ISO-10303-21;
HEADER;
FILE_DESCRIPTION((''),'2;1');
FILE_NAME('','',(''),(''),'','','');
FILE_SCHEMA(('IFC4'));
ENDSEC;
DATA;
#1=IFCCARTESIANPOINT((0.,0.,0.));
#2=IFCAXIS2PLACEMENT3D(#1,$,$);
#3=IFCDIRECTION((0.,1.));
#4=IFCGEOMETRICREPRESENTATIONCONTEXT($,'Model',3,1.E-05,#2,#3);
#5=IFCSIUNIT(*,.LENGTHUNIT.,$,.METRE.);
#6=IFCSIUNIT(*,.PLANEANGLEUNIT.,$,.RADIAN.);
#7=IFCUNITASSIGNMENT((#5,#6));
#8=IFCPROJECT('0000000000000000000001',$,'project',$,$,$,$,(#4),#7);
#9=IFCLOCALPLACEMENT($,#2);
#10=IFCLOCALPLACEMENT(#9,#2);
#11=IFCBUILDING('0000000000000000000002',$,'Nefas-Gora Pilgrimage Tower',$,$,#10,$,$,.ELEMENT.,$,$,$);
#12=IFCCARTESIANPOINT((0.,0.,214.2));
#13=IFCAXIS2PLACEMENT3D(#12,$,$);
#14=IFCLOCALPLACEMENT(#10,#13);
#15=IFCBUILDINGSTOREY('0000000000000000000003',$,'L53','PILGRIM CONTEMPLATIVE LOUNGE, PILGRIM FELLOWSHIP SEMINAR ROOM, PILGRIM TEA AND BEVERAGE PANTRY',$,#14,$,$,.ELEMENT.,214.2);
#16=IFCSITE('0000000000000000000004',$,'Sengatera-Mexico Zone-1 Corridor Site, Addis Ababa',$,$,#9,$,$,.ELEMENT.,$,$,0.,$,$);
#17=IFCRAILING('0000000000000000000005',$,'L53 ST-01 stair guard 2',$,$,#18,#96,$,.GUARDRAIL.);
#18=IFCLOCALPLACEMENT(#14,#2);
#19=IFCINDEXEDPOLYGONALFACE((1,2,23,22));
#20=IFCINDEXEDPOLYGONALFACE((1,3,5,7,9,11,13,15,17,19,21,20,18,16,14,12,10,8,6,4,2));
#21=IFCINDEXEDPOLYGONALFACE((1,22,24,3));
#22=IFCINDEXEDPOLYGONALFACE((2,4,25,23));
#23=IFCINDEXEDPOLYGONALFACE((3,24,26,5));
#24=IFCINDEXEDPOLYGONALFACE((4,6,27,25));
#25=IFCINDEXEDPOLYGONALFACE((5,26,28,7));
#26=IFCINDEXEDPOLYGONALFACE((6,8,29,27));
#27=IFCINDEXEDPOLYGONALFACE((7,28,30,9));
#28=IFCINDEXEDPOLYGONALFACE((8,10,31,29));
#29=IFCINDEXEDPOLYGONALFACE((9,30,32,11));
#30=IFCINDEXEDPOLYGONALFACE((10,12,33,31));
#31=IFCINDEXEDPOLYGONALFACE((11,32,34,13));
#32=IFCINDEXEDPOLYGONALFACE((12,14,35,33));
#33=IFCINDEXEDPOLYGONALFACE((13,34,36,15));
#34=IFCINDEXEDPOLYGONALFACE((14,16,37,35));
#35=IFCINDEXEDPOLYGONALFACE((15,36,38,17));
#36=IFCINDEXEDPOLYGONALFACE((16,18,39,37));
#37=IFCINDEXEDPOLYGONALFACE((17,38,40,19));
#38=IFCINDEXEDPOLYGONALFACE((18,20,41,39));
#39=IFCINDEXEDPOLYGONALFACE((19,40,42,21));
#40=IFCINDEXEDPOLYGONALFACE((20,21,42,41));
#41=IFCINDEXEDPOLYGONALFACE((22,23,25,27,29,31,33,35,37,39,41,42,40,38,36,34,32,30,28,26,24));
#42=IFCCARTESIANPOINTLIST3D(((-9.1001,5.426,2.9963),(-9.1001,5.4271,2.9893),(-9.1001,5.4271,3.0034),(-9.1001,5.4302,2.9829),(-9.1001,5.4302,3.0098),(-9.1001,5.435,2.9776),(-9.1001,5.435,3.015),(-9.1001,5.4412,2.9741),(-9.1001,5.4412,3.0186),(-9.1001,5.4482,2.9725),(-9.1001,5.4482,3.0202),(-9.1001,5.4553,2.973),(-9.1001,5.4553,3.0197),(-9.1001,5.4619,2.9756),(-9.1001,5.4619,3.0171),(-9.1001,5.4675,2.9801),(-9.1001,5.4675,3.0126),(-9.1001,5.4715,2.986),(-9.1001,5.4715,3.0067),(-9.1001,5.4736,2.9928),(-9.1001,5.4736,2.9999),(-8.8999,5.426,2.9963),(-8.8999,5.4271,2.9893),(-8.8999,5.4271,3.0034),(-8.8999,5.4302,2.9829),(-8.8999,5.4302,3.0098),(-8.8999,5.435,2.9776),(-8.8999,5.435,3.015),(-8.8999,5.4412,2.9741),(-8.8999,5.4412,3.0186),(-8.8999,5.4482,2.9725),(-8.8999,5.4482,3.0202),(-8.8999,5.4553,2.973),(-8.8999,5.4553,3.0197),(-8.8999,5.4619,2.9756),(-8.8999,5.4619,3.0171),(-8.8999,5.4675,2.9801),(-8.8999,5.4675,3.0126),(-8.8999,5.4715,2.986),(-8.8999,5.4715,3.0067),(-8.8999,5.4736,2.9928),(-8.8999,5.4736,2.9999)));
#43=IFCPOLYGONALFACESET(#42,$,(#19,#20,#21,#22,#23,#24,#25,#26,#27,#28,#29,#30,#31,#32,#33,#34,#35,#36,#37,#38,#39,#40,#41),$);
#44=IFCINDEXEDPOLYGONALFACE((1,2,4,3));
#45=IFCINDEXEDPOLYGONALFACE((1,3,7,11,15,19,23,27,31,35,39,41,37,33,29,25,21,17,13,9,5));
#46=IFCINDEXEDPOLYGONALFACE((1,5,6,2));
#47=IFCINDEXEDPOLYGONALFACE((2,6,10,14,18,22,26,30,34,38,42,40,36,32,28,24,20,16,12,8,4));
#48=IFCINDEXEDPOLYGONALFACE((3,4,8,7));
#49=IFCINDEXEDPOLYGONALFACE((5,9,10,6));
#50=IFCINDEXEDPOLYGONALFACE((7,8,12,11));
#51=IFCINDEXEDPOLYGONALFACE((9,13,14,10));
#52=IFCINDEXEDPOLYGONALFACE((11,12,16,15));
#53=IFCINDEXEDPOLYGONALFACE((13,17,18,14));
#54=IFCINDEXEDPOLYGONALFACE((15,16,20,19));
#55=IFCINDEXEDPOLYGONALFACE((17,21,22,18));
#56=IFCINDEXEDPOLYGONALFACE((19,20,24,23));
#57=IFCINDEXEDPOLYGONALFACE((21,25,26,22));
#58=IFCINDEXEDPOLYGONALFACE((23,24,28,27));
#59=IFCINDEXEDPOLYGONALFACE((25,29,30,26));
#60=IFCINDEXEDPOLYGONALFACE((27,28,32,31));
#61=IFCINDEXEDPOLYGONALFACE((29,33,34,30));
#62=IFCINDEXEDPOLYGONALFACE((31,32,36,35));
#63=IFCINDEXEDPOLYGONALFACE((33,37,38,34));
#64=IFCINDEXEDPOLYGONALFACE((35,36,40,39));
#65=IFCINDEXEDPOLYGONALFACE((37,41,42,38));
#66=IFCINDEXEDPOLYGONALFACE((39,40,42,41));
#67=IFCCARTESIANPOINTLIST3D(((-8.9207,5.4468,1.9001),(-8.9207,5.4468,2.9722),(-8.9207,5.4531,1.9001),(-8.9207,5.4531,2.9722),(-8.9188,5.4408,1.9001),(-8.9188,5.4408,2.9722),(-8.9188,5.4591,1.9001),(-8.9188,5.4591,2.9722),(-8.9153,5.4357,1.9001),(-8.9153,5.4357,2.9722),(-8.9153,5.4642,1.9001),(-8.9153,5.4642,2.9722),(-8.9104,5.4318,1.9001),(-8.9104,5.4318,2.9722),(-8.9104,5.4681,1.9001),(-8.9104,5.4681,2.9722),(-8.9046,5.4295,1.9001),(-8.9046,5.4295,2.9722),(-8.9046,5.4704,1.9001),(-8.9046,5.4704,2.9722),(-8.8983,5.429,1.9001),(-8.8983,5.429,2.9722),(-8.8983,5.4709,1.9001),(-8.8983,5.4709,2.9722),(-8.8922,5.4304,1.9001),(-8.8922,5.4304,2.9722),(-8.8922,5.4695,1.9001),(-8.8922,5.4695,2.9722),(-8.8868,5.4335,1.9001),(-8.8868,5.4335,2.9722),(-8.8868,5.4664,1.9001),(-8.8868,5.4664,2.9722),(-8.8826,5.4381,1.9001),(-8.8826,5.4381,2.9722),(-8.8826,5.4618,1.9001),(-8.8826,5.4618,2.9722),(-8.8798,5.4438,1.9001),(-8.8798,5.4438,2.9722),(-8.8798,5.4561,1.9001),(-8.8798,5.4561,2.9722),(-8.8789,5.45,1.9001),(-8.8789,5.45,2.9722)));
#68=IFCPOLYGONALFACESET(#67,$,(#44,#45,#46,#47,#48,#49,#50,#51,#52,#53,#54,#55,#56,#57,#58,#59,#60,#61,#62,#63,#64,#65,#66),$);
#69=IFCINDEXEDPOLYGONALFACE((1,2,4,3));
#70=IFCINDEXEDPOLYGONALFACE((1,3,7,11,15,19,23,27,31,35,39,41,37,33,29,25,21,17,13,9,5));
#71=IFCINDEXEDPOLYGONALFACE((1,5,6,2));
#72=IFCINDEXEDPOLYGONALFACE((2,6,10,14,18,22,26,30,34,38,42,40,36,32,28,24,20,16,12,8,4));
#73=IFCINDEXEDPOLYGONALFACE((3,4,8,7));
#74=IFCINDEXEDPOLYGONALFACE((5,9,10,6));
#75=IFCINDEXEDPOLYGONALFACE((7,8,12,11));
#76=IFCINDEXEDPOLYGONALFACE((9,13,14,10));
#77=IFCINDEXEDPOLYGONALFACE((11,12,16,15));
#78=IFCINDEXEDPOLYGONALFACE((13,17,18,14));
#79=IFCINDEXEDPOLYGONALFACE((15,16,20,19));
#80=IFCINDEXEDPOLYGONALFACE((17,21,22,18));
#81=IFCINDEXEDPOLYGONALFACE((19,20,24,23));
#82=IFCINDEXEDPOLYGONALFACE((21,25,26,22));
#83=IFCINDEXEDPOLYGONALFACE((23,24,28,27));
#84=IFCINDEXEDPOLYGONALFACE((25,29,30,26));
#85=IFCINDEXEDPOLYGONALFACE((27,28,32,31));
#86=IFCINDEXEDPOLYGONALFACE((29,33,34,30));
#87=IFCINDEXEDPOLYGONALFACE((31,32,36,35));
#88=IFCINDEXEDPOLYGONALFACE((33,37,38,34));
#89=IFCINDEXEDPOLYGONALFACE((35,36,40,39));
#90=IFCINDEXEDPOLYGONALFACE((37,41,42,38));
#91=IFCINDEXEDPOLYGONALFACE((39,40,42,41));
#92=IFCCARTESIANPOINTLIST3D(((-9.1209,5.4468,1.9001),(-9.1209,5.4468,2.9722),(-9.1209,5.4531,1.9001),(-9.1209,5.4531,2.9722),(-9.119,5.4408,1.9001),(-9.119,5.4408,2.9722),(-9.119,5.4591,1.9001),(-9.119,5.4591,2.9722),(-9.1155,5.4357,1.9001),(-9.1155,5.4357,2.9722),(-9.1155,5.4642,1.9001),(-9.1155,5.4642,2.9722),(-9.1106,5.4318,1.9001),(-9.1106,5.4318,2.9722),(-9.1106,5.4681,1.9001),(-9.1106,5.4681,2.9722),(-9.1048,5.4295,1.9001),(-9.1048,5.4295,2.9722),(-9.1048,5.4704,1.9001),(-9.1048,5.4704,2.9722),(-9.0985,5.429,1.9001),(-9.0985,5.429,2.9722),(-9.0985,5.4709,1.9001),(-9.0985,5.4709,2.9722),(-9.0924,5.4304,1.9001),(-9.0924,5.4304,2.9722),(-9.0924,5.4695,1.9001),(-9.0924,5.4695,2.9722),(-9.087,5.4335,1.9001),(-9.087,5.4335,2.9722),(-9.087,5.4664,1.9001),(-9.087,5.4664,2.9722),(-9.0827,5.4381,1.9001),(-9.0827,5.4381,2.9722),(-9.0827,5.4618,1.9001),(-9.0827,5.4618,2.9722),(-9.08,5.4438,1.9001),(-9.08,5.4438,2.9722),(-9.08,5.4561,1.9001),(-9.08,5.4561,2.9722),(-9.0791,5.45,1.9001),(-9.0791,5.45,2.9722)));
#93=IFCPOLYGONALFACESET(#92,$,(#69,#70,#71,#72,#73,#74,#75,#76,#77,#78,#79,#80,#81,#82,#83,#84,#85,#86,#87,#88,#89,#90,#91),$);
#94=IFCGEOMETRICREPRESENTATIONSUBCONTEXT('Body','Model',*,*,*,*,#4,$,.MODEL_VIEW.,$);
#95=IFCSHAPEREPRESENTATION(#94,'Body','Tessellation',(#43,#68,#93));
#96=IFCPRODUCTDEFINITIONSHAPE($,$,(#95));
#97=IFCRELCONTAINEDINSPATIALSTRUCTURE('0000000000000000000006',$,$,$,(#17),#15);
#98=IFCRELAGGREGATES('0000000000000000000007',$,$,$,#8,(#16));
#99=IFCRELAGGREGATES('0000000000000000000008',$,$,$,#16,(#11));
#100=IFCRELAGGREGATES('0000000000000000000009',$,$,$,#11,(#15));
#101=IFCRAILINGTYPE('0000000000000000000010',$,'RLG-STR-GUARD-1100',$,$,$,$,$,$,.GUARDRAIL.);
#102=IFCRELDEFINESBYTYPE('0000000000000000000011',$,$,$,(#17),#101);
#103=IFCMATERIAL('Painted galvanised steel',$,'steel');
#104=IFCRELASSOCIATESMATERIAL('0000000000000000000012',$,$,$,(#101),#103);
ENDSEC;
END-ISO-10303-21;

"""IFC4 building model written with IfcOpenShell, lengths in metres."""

from ifc_helpers import new_model, si_unit, direction, frame, origin, origin_2d, place, context, subcontext, project, spatial, circle, extrude, material, type_object, element, save


model = new_model("IFC4")

# Units and contexts
model_context = context("Model", 3, precision=1e-05, world=origin(), true_north=direction((0.0, 1.0)))
body_context = subcontext(model_context, "Body", "Model", "MODEL_VIEW")
ifc_project = project(units=[si_unit("LENGTHUNIT", "METRE"), si_unit("PLANEANGLEUNIT", "RADIAN")], contexts=[model_context])

# Site, building, storey
site_placement = place(None, origin())
site = spatial("IfcSite", under=ifc_project, at=site_placement, Name="Sengatera-Mexico Zone-1 Corridor Site, Addis Ababa", CompositionType="ELEMENT", RefElevation=0.0)
building_placement = place(site_placement, origin())
building = spatial("IfcBuilding", under=site, at=building_placement, Name="Nefas-Gora Pilgrimage Tower", CompositionType="ELEMENT")
storey_placement = place(building_placement, frame((0.0, 0.0, 214.2)))
storey = spatial("IfcBuildingStorey", under=building, at=storey_placement, Name="L53", Description="PILGRIM CONTEMPLATIVE LOUNGE, PILGRIM FELLOWSHIP SEMINAR ROOM, PILGRIM TEA AND BEVERAGE PANTRY", CompositionType="ELEMENT", Elevation=214.2)

# Railing
ifc_material_1 = material(Name="Painted galvanised steel", Category="steel")
railing_type_1 = type_object("IfcRailingType", Name="RLG-STR-GUARD-1100", PredefinedType="GUARDRAIL", material=ifc_material_1)
railing_1_placement = place(storey_placement, frame((-8.8999, 5.45, 1.9001)))
element("IfcRailing", 1, at=railing_1_placement, inside=storey, type_object=railing_type_1, Name="L53 ST-01 stair guard 2", PredefinedType="GUARDRAIL", context=body_context, shape_type="SweptSolid", body=[
    extrude(circle(Radius=0.0239, at=origin_2d()), frame((0.0, 0.0, 1.0962), z_axis=(-1.0, 0.0, 0.0), x_axis=(0.0, -1.0, 0.0)), (0.0, 0.0, 1.0), 0.2002),
    extrude(circle(Radius=0.021, at=origin_2d()), origin(), (0.0, 0.0, 1.0), 1.072),
    extrude(circle(Radius=0.021, at=origin_2d()), frame((-0.2002, 0.0, 0.0)), (0.0, 0.0, 1.0), 1.072),
])

save(model, "model.ifc")
